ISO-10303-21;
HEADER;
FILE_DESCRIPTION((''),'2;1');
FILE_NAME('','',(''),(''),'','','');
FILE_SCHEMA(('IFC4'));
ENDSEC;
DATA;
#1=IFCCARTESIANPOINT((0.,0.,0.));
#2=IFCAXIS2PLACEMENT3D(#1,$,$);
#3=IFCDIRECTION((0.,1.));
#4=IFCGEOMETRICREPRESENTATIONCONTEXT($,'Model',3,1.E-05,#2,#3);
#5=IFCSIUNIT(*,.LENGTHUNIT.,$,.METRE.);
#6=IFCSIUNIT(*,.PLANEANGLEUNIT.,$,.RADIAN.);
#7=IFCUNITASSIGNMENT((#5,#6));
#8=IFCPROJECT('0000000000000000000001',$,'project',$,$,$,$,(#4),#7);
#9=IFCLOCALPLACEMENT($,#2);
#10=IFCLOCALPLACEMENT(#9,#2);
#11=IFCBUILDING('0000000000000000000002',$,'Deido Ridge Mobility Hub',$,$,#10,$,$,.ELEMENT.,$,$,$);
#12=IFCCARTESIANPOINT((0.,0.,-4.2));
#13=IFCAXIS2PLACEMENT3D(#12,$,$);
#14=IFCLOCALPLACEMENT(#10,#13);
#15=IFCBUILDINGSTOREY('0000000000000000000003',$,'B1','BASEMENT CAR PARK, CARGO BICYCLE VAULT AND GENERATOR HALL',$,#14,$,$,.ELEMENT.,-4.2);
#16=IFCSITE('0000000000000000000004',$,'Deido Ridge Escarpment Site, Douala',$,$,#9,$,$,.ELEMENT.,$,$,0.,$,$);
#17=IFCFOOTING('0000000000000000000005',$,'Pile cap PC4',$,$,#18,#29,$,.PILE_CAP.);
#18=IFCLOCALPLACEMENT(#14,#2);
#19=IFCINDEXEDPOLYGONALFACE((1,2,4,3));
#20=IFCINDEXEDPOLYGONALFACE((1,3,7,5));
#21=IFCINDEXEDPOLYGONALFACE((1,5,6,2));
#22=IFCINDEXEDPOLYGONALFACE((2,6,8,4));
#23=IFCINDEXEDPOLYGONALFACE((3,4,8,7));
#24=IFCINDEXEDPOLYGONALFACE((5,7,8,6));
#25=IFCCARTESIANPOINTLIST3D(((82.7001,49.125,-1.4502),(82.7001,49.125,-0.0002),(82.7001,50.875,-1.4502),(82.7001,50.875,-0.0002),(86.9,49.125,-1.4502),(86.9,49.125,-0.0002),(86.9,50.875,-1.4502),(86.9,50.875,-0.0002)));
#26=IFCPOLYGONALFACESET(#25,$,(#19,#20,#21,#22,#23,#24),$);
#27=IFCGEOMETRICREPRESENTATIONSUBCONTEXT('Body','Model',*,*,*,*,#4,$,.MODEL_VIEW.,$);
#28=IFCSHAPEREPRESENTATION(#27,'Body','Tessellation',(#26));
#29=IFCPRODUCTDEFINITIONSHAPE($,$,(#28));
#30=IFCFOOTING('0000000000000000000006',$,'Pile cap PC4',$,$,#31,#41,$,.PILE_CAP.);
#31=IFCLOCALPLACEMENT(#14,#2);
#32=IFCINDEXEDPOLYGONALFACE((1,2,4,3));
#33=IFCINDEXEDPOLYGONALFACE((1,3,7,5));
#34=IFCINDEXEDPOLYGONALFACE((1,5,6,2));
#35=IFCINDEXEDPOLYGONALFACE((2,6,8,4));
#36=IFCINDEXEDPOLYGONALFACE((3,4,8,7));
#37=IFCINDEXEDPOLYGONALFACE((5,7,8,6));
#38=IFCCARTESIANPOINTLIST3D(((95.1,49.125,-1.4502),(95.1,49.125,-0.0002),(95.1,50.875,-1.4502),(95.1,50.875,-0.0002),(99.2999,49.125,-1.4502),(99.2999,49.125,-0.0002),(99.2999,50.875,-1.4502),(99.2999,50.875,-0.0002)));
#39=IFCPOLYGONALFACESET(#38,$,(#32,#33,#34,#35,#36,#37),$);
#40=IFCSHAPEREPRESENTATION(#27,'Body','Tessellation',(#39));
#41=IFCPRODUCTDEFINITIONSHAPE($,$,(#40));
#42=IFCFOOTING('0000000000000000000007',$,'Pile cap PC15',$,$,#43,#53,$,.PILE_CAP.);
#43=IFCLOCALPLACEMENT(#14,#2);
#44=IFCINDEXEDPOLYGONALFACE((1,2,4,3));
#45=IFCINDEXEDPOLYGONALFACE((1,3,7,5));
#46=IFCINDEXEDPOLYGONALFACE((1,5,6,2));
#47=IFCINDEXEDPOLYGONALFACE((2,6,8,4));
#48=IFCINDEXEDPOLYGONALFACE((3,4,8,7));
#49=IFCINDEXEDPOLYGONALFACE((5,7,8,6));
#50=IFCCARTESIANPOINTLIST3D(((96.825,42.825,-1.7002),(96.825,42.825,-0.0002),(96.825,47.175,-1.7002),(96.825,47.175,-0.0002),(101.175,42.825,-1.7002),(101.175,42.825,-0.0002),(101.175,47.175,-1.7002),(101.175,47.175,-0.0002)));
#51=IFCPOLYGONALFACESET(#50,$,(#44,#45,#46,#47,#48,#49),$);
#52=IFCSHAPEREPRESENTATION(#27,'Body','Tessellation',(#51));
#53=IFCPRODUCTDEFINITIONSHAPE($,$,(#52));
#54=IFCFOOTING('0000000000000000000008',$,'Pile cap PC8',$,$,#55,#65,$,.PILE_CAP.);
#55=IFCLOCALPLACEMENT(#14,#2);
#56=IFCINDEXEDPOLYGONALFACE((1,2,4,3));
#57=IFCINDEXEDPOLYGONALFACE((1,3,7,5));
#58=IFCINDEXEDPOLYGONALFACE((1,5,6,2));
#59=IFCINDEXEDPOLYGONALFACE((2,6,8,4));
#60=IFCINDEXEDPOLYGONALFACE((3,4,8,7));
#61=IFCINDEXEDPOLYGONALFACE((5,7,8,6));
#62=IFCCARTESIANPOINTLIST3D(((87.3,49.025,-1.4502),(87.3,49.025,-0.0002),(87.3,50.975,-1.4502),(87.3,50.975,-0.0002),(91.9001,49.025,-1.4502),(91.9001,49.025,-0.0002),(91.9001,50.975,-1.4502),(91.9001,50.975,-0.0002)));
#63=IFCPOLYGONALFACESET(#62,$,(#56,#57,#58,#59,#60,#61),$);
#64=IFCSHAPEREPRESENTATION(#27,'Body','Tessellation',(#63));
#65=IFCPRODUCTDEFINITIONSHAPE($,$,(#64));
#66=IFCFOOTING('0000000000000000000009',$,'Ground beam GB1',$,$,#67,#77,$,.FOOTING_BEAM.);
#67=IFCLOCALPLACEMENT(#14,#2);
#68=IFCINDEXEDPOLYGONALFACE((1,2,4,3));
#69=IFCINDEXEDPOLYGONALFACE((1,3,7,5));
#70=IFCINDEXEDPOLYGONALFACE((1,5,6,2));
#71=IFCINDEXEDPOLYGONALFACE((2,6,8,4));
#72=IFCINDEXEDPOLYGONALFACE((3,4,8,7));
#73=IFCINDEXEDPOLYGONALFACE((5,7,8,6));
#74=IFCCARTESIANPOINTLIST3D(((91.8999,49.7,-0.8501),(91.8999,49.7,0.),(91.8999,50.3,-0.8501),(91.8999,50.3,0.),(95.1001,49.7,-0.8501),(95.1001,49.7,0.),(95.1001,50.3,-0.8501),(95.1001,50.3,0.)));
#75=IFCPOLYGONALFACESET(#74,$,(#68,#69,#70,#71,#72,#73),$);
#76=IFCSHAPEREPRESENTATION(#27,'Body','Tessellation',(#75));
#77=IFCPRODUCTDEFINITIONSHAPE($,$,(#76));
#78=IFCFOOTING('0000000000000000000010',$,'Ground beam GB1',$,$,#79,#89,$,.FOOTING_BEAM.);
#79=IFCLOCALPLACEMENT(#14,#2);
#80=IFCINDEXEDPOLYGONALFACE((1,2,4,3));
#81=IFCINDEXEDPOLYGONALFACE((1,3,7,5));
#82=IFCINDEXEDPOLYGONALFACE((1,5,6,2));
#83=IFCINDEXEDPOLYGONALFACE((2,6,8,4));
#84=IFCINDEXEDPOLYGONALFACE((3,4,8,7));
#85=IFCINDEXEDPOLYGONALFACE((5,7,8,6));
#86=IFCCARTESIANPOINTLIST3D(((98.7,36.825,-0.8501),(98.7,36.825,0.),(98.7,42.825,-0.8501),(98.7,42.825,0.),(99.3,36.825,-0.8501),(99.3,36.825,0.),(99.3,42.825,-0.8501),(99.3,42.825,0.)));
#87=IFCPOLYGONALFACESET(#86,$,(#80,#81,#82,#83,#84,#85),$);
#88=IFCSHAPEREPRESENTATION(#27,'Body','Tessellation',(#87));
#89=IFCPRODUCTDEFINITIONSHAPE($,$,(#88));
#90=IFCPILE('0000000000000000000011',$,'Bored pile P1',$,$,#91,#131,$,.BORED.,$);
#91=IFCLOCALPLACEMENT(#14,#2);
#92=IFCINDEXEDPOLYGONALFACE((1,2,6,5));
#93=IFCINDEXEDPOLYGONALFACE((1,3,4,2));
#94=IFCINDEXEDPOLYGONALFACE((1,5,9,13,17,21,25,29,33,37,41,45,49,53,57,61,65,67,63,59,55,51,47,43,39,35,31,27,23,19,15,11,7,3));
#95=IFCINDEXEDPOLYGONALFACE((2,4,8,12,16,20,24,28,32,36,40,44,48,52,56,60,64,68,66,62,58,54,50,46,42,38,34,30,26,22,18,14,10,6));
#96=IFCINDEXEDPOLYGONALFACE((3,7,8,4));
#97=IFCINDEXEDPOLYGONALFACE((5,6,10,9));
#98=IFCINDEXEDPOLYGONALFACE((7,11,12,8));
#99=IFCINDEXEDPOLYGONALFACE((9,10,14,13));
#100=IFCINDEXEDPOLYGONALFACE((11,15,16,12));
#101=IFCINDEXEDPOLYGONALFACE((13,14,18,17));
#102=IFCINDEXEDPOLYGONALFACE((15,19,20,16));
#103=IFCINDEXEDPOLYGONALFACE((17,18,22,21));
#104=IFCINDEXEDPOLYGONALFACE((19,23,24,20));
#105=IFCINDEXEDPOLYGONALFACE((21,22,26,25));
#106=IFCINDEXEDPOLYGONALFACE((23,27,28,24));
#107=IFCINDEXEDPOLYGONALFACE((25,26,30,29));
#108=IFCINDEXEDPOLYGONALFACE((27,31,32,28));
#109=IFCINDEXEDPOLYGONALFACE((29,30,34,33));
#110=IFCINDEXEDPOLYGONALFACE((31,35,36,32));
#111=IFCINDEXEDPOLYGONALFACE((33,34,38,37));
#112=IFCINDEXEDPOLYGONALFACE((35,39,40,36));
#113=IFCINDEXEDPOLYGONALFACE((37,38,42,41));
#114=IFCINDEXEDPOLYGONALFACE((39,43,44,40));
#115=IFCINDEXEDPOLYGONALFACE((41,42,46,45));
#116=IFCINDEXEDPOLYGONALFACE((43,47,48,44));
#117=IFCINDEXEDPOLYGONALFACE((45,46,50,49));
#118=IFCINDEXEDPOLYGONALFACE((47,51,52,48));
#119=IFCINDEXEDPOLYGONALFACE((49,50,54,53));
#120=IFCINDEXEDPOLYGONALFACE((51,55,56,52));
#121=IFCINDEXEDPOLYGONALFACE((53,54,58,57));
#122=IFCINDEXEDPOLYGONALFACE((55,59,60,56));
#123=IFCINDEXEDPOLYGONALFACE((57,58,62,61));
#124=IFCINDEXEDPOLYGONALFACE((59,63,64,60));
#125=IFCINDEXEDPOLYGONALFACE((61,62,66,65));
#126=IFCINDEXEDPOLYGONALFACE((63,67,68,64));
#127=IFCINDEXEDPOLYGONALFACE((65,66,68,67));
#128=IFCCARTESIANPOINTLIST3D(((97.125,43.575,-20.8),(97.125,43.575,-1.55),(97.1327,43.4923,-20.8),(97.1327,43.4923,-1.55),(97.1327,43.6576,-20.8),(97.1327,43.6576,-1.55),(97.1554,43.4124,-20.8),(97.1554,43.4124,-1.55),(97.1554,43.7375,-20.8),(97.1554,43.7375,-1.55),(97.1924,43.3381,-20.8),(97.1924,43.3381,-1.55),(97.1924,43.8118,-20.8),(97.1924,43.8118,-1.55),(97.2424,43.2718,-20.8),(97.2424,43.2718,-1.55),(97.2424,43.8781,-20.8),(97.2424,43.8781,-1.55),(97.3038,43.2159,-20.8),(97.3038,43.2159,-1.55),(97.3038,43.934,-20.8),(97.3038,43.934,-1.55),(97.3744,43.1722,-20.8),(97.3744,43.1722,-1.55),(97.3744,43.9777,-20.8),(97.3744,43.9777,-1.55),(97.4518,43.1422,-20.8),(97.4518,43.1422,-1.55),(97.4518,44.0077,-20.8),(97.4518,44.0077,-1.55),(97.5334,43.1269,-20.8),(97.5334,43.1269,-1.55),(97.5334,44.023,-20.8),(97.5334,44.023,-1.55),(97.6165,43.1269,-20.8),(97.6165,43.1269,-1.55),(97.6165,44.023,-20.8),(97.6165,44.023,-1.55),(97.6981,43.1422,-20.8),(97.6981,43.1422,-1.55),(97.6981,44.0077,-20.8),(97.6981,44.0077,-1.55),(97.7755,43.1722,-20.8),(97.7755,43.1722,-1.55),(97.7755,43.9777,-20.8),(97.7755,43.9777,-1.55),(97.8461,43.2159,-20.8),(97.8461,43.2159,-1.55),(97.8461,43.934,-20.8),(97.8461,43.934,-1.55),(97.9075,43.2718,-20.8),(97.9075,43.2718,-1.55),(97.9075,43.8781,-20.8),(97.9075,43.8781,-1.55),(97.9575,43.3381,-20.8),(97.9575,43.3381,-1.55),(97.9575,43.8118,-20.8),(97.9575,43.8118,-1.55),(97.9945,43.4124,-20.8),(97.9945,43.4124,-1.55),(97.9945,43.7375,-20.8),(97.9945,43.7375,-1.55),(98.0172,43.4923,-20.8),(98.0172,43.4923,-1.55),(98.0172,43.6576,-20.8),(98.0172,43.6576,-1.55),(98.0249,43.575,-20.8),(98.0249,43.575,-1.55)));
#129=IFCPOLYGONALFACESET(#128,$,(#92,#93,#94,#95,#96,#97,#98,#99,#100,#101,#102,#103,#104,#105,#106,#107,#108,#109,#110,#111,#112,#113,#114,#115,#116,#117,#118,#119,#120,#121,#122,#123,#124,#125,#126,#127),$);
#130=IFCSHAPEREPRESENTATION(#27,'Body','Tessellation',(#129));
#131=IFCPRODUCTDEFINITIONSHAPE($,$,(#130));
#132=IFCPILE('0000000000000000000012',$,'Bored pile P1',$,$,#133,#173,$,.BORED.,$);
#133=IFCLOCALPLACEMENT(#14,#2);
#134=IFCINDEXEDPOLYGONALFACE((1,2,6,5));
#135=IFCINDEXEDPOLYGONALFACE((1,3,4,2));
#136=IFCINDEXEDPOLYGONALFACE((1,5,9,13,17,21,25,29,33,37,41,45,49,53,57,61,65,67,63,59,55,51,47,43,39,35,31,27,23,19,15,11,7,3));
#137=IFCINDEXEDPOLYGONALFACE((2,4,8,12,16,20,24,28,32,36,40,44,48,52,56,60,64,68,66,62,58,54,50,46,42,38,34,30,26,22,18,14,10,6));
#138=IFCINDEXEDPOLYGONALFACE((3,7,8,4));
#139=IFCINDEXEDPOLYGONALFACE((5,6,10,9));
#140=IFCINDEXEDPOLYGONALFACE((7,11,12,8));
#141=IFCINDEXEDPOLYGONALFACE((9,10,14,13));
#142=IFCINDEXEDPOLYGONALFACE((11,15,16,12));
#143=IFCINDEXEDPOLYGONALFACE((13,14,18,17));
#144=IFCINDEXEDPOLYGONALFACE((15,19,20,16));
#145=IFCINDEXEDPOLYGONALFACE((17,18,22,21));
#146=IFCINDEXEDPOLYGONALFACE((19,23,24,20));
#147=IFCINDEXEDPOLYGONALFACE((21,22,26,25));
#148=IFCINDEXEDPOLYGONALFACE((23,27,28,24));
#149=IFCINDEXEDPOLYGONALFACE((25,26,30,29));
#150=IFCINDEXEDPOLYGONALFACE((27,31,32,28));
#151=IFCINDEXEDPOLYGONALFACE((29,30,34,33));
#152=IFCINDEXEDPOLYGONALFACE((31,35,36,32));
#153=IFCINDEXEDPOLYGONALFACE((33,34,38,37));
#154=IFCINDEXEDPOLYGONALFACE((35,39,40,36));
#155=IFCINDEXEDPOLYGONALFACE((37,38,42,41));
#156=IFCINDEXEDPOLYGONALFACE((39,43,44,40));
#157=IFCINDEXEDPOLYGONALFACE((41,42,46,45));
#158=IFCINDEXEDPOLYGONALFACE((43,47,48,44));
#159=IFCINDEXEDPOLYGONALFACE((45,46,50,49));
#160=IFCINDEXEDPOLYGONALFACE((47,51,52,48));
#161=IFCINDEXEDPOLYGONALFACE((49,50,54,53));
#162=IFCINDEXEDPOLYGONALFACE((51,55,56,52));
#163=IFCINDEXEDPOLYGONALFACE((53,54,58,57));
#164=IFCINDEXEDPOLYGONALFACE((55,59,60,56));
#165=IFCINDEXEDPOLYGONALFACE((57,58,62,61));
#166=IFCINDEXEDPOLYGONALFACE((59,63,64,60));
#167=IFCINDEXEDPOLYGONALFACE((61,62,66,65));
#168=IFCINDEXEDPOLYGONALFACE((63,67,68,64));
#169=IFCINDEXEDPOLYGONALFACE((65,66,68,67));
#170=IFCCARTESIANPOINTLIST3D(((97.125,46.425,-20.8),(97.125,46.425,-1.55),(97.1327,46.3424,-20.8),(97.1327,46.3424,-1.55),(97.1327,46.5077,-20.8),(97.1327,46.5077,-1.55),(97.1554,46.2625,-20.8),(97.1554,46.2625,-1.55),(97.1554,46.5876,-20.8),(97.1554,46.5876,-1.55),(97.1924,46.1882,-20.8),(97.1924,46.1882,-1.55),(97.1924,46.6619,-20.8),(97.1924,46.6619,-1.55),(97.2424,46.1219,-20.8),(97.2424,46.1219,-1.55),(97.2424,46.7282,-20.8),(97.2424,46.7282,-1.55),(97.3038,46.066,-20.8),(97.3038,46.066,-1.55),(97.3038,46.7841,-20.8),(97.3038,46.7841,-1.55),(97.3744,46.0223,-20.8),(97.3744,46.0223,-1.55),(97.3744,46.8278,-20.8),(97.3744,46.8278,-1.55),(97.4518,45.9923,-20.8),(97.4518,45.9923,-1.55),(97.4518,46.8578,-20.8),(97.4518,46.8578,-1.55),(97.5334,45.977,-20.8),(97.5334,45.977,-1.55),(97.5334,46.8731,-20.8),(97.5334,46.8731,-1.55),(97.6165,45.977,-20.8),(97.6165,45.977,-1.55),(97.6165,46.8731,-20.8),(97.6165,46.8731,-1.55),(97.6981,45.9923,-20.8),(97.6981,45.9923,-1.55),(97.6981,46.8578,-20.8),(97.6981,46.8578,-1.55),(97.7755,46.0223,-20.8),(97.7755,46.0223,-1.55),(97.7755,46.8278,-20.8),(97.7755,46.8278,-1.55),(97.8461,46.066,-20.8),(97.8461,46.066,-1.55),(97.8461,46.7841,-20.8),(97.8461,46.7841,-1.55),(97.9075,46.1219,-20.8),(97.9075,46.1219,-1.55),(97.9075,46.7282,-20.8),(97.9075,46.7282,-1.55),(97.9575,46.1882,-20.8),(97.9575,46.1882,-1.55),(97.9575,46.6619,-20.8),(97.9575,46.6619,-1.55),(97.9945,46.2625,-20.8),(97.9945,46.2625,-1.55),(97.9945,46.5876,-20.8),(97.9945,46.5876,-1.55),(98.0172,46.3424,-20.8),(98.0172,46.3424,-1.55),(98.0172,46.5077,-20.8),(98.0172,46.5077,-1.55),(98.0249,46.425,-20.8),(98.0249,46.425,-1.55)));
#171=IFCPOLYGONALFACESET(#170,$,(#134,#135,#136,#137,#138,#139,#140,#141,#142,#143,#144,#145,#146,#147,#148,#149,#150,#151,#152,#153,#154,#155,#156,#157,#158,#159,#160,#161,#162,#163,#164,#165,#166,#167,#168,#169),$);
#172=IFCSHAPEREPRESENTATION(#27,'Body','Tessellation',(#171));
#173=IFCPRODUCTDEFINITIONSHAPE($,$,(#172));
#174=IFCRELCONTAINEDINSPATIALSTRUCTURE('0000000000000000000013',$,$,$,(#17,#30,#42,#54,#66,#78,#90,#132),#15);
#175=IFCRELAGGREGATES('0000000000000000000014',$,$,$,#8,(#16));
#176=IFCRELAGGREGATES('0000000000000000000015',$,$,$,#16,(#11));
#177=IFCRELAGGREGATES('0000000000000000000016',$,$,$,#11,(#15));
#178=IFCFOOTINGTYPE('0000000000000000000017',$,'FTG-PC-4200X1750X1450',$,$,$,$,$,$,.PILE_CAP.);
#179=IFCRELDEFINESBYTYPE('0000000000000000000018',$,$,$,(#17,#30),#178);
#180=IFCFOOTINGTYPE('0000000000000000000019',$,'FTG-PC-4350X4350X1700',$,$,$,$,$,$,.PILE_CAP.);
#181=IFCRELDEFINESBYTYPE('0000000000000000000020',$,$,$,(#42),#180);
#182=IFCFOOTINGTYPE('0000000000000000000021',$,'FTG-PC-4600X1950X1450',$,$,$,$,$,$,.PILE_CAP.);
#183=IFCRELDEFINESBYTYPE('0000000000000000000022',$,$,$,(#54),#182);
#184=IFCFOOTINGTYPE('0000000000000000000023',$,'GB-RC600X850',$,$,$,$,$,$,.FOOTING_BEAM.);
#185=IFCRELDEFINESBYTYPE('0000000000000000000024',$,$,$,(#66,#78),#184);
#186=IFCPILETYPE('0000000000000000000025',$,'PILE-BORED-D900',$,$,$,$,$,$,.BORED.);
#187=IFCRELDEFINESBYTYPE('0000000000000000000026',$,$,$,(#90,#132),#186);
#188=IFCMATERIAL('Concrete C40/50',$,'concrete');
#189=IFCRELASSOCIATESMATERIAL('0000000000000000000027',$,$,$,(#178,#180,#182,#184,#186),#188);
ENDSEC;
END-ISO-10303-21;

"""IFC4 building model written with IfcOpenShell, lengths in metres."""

from ifc_helpers import new_model, si_unit, direction, frame, origin, origin_2d, place, context, subcontext, project, spatial, rectangle, circle, extrude, material, material_profile, profile_set, type_object, element, save


model = new_model("IFC4")

# Units and contexts
model_context = context("Model", 3, precision=1e-05, world=origin(), true_north=direction((0.0, 1.0)))
body_context = subcontext(model_context, "Body", "Model", "MODEL_VIEW")
ifc_project = project(units=[si_unit("LENGTHUNIT", "METRE"), si_unit("PLANEANGLEUNIT", "RADIAN")], contexts=[model_context])

# Site, building, storey
site_placement = place(None, origin())
site = spatial("IfcSite", under=ifc_project, at=site_placement, Name="Deido Ridge Escarpment Site, Douala", CompositionType="ELEMENT", RefElevation=0.0)
building_placement = place(site_placement, origin())
building = spatial("IfcBuilding", under=site, at=building_placement, Name="Deido Ridge Mobility Hub", CompositionType="ELEMENT")
storey_placement = place(building_placement, frame((0.0, 0.0, -4.2)))
storey = spatial("IfcBuildingStorey", under=building, at=storey_placement, Name="B1", Description="BASEMENT CAR PARK, CARGO BICYCLE VAULT AND GENERATOR HALL", CompositionType="ELEMENT", Elevation=-4.2)

# Footings
ifc_material_1 = material(Name="Concrete C40/50", Category="concrete")
footing_type_1 = type_object("IfcFootingType", Name="FTG-PC-4200X1750X1450", PredefinedType="PILE_CAP", material=ifc_material_1)
for number, where, z_axis, x_axis, name in (
    (1, (84.8, 50.0, -1.4502), (0.0, 0.0, 1.0), (1.0, 0.0, 0.0), "Pile cap PC4"),
    (2, (97.2, 50.0, -1.4502), (0.0, 0.0, 1.0), (1.0, 0.0, 0.0), "Pile cap PC4"),
):
    element("IfcFooting", number, at=place(storey_placement, frame(where, z_axis=z_axis, x_axis=x_axis)), inside=storey, type_object=footing_type_1, Name=name, PredefinedType="PILE_CAP", context=body_context, shape_type="SweptSolid", body=[
        extrude(rectangle(XDim=4.2, YDim=1.75, at=origin_2d()), origin(), (0.0, 0.0, 1.0), 1.45),
    ])
footing_type_2 = type_object("IfcFootingType", Name="FTG-PC-4350X4350X1700", PredefinedType="PILE_CAP", material=ifc_material_1)
footing_1_placement = place(storey_placement, frame((99.0, 45.0, -1.7002), z_axis=(0.0, 0.0, 1.0), x_axis=(1.0, 0.0, 0.0)))
element("IfcFooting", 3, at=footing_1_placement, inside=storey, type_object=footing_type_2, Name="Pile cap PC15", PredefinedType="PILE_CAP", context=body_context, shape_type="SweptSolid", body=[
    extrude(rectangle(XDim=4.3501, YDim=4.3501, at=origin_2d()), origin(), (0.0, 0.0, 1.0), 1.7),
])
footing_type_3 = type_object("IfcFootingType", Name="FTG-PC-4600X1950X1450", PredefinedType="PILE_CAP", material=ifc_material_1)
footing_2_placement = place(storey_placement, frame((89.6001, 50.0, -1.4502), z_axis=(0.0, 0.0, 1.0), x_axis=(1.0, 0.0, 0.0)))
element("IfcFooting", 4, at=footing_2_placement, inside=storey, type_object=footing_type_3, Name="Pile cap PC8", PredefinedType="PILE_CAP", context=body_context, shape_type="SweptSolid", body=[
    extrude(rectangle(XDim=4.6001, YDim=1.95, at=origin_2d()), origin(), (0.0, 0.0, 1.0), 1.45),
])
ifc_material_profile_1 = material_profile(ifc_material_1, rectangle(XDim=0.6001, YDim=0.8501, at=origin_2d()), Name="RC GB 600x850")
ifc_profile_set_1 = profile_set([ifc_material_profile_1], Name="Concrete C40/50")
footing_type_4 = type_object("IfcFootingType", Name="GB-RC600X850", PredefinedType="FOOTING_BEAM", material=ifc_profile_set_1)
footing_3_placement = place(storey_placement, frame((91.8999, 50.0, -0.425), z_axis=(1.0, 0.0, 0.0), x_axis=(0.0, 1.0, 0.0)))
element("IfcFooting", 5, at=footing_3_placement, inside=storey, type_object=footing_type_4, Name="Ground beam GB1", PredefinedType="FOOTING_BEAM", context=body_context, shape_type="SweptSolid", body=[
    extrude(rectangle(XDim=0.6001, YDim=0.8501, at=origin_2d()), origin(), (0.0, 0.0, 1.0), 3.2002),
])
footing_4_placement = place(storey_placement, frame((99.0, 36.825, -0.425), z_axis=(0.0, 1.0, 0.0), x_axis=(-1.0, 0.0, 0.0)))
element("IfcFooting", 6, at=footing_4_placement, inside=storey, type_object=footing_type_4, Name="Ground beam GB1", PredefinedType="FOOTING_BEAM", context=body_context, shape_type="SweptSolid", body=[
    extrude(rectangle(XDim=0.6001, YDim=0.8501, at=origin_2d()), origin(), (0.0, 0.0, 1.0), 6.0),
])

# Piles
ifc_material_profile_2 = material_profile(ifc_material_1, circle(Radius=0.45, at=origin_2d()), Name="BORED PILE D900")
ifc_profile_set_2 = profile_set([ifc_material_profile_2], Name="Concrete C40/50")
pile_type = type_object("IfcPileType", Name="PILE-BORED-D900", PredefinedType="BORED", material=ifc_profile_set_2)
for number, where, z_axis, x_axis, name in (
    (7, (97.575, 43.575, -1.55), (0.0, 0.0, -1.0), (1.0, 0.0, 0.0), "Bored pile P1"),
    (8, (97.575, 46.425, -1.55), (0.0, 0.0, -1.0), (1.0, 0.0, 0.0), "Bored pile P1"),
):
    element("IfcPile", number, at=place(storey_placement, frame(where, z_axis=z_axis, x_axis=x_axis)), inside=storey, type_object=pile_type, Name=name, PredefinedType="BORED", context=body_context, shape_type="SweptSolid", body=[
        extrude(circle(Radius=0.45, at=origin_2d()), origin(), (0.0, 0.0, 1.0), 19.25),
    ])

save(model, "model.ifc")
